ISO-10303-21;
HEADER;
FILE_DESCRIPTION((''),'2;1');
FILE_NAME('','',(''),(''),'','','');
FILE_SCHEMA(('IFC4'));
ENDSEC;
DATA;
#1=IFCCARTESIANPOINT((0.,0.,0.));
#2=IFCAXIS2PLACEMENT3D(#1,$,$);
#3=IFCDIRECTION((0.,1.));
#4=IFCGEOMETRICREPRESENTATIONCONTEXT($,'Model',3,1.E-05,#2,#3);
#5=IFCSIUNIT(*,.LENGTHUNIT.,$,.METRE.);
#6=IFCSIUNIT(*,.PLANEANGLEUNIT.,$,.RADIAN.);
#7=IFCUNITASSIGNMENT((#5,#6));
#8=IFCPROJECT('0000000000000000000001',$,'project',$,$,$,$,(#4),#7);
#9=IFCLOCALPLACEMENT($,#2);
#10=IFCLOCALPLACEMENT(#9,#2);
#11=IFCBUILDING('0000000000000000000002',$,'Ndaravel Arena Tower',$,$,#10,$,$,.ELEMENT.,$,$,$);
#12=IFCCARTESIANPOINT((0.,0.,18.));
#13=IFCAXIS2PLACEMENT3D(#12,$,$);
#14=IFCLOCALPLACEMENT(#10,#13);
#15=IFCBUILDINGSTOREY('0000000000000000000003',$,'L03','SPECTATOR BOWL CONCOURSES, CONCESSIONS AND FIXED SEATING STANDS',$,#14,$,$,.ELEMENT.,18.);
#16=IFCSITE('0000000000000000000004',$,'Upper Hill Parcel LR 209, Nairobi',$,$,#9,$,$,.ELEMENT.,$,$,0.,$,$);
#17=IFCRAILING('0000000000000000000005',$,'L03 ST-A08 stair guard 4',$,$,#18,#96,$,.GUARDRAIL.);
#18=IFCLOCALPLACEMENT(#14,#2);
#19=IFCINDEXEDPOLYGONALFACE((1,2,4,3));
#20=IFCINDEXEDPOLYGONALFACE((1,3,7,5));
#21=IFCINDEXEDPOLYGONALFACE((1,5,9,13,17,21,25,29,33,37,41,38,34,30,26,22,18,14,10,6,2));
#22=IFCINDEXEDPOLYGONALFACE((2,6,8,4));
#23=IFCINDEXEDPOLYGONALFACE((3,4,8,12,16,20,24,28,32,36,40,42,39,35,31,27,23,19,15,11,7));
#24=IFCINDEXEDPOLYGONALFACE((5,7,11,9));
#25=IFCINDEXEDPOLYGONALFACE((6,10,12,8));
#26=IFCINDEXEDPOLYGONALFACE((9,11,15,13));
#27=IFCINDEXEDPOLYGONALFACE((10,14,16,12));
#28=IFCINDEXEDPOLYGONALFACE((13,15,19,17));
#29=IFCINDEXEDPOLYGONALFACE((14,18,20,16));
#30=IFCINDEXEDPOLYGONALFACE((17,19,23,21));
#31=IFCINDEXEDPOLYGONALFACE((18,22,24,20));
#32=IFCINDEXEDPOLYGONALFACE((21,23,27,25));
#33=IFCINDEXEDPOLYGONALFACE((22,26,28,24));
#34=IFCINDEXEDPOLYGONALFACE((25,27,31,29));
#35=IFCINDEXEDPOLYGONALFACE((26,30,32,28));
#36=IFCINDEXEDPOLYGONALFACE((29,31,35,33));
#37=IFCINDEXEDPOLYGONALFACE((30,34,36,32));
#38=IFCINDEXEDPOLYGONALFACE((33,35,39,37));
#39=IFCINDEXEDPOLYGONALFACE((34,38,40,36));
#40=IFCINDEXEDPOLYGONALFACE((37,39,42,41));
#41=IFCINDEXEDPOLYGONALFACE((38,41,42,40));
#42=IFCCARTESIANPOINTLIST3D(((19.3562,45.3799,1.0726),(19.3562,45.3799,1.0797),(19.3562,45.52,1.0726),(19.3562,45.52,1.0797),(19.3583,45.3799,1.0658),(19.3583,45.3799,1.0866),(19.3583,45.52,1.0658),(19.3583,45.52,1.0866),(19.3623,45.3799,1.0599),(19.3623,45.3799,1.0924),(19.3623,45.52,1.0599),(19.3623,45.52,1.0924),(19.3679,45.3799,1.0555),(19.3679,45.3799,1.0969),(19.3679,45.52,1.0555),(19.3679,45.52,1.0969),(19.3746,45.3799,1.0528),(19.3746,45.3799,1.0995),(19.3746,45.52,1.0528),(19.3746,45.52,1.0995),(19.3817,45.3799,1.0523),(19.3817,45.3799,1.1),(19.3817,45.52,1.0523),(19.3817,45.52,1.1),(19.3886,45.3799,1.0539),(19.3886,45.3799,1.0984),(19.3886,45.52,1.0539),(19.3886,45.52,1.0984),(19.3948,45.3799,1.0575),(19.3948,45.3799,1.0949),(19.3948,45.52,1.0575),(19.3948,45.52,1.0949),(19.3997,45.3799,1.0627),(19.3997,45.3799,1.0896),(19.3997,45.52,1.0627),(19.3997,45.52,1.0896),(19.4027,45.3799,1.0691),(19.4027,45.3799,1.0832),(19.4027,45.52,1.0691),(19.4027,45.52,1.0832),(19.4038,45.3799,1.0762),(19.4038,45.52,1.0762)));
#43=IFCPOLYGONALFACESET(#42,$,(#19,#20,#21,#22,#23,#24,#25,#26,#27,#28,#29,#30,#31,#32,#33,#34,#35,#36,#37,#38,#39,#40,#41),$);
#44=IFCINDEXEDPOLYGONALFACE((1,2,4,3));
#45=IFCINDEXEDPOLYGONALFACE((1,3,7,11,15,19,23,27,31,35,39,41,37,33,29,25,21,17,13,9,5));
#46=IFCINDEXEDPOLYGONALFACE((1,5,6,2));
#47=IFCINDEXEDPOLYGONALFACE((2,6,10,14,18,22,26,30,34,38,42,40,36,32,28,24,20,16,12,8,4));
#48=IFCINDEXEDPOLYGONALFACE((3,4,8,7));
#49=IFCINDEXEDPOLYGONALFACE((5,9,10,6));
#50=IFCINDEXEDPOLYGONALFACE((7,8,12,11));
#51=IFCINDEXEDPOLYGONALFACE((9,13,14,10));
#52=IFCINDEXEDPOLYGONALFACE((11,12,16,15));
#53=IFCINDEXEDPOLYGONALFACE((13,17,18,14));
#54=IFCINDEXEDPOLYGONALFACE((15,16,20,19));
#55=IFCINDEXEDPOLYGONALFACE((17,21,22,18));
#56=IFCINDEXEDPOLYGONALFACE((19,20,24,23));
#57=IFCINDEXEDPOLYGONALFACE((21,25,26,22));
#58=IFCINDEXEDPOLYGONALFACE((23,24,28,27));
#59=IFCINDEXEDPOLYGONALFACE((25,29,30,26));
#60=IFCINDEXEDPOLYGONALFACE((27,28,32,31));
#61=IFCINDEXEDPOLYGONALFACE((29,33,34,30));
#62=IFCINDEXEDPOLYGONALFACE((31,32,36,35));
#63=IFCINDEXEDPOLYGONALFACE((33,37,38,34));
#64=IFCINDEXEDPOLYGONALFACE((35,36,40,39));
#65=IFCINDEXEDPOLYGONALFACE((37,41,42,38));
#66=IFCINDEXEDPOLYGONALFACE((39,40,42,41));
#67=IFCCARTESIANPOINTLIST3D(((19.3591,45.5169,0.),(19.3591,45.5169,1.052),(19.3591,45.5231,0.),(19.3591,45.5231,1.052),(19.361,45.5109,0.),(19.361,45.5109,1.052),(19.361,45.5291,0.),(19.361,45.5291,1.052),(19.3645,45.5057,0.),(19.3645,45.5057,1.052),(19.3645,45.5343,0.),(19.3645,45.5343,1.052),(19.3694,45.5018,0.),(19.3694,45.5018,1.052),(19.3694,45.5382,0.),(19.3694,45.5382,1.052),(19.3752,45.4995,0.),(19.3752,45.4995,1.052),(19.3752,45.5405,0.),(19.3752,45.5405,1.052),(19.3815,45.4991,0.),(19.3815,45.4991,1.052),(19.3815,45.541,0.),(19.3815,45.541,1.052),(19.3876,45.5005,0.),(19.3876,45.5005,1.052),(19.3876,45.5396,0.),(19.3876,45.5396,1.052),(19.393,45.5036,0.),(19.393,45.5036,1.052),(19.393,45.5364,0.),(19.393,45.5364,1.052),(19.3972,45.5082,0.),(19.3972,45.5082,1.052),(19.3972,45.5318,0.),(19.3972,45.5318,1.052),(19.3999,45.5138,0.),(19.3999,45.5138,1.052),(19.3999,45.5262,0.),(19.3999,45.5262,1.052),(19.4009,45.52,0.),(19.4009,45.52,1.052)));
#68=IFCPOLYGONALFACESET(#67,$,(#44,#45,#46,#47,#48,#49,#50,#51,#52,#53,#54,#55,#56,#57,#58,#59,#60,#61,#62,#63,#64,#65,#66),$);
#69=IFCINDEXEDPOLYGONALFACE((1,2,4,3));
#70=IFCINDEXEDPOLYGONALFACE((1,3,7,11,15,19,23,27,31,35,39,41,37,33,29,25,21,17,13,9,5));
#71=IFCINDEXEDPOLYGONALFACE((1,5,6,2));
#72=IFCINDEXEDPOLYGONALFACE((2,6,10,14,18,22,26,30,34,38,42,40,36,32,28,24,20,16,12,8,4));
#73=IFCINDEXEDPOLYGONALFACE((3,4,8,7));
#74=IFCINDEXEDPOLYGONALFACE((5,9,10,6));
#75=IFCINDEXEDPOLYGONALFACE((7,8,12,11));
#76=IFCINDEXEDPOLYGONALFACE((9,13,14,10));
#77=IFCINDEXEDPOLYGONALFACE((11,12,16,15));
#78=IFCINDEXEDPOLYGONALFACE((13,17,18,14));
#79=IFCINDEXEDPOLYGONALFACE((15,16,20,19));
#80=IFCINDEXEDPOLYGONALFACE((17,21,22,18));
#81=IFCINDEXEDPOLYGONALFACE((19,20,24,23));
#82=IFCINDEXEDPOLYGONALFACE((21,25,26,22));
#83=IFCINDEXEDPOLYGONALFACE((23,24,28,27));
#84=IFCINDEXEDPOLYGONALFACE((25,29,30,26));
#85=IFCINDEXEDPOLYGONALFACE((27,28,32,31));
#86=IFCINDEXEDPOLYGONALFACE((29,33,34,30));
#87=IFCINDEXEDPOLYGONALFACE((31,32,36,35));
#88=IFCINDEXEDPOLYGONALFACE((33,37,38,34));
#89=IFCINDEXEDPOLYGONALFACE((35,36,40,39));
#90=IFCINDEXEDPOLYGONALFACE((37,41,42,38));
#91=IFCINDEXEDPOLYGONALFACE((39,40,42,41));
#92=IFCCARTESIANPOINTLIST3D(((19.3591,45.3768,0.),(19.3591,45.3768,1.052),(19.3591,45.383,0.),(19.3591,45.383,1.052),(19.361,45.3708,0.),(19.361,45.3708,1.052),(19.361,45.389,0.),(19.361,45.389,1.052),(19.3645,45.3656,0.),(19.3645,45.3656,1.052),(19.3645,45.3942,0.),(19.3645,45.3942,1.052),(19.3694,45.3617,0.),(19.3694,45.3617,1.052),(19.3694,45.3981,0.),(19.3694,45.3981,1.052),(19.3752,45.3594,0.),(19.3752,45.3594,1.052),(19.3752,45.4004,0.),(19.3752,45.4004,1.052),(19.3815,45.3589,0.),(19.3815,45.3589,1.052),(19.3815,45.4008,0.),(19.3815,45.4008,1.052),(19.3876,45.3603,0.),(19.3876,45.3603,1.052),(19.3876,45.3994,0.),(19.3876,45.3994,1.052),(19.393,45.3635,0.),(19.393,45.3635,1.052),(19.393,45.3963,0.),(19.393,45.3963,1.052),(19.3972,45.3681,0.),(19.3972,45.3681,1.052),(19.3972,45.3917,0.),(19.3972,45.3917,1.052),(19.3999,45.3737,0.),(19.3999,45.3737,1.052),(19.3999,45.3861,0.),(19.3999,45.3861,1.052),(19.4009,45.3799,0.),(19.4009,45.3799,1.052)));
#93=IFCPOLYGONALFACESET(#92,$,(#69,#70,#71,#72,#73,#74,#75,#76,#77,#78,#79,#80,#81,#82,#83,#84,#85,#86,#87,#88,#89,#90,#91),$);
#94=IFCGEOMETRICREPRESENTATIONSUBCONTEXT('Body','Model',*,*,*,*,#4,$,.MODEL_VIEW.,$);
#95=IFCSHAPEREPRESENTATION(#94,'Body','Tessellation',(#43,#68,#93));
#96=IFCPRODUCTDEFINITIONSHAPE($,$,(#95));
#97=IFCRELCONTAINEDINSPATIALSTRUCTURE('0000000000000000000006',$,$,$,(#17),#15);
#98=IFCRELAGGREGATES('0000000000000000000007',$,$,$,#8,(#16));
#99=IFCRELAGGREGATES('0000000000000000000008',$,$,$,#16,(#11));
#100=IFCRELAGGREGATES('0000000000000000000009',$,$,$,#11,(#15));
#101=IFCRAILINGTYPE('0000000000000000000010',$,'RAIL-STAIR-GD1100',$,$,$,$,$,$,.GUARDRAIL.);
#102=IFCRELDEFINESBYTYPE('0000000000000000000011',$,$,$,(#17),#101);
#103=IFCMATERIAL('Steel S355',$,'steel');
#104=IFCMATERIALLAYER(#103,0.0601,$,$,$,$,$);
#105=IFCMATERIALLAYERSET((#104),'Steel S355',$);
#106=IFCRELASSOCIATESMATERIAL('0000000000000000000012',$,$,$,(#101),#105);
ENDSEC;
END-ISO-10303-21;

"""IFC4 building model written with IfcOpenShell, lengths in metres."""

from ifc_helpers import new_model, si_unit, direction, frame, origin, origin_2d, place, context, subcontext, project, spatial, circle, extrude, material, layer, layer_set, type_object, element, save


model = new_model("IFC4")

# Units and contexts
model_context = context("Model", 3, precision=1e-05, world=origin(), true_north=direction((0.0, 1.0)))
body_context = subcontext(model_context, "Body", "Model", "MODEL_VIEW")
ifc_project = project(units=[si_unit("LENGTHUNIT", "METRE"), si_unit("PLANEANGLEUNIT", "RADIAN")], contexts=[model_context])

# Site, building, storey
site_placement = place(None, origin())
site = spatial("IfcSite", under=ifc_project, at=site_placement, Name="Upper Hill Parcel LR 209, Nairobi", CompositionType="ELEMENT", RefElevation=0.0)
building_placement = place(site_placement, origin())
building = spatial("IfcBuilding", under=site, at=building_placement, Name="Ndaravel Arena Tower", CompositionType="ELEMENT")
storey_placement = place(building_placement, frame((0.0, 0.0, 18.0)))
storey = spatial("IfcBuildingStorey", under=building, at=storey_placement, Name="L03", Description="SPECTATOR BOWL CONCOURSES, CONCESSIONS AND FIXED SEATING STANDS", CompositionType="ELEMENT", Elevation=18.0)

# Railing
ifc_material_1 = material(Name="Steel S355", Category="steel")
ifc_layer_1 = layer(ifc_material_1, 0.0601)
ifc_layer_set_1 = layer_set([ifc_layer_1], Name="Steel S355")
railing_type_1 = type_object("IfcRailingType", Name="RAIL-STAIR-GD1100", PredefinedType="GUARDRAIL", material=ifc_layer_set_1)
railing_1_placement = place(storey_placement, frame((19.3799, 45.52, 0.0)))
element("IfcRailing", 1, at=railing_1_placement, inside=storey, type_object=railing_type_1, Name="L03 ST-A08 stair guard 4", PredefinedType="GUARDRAIL", context=body_context, shape_type="SweptSolid", body=[
    extrude(circle(Radius=0.0239, at=origin_2d()), frame((0.0, 0.0, 1.0762), z_axis=(0.0, -1.0, 0.0), x_axis=(1.0, 0.0, 0.0)), (0.0, 0.0, 1.0), 0.1401),
    extrude(circle(Radius=0.021, at=origin_2d()), origin(), (0.0, 0.0, 1.0), 1.052),
    extrude(circle(Radius=0.021, at=origin_2d()), frame((0.0, -0.1401, 0.0)), (0.0, 0.0, 1.0), 1.052),
])

save(model, "model.ifc")
